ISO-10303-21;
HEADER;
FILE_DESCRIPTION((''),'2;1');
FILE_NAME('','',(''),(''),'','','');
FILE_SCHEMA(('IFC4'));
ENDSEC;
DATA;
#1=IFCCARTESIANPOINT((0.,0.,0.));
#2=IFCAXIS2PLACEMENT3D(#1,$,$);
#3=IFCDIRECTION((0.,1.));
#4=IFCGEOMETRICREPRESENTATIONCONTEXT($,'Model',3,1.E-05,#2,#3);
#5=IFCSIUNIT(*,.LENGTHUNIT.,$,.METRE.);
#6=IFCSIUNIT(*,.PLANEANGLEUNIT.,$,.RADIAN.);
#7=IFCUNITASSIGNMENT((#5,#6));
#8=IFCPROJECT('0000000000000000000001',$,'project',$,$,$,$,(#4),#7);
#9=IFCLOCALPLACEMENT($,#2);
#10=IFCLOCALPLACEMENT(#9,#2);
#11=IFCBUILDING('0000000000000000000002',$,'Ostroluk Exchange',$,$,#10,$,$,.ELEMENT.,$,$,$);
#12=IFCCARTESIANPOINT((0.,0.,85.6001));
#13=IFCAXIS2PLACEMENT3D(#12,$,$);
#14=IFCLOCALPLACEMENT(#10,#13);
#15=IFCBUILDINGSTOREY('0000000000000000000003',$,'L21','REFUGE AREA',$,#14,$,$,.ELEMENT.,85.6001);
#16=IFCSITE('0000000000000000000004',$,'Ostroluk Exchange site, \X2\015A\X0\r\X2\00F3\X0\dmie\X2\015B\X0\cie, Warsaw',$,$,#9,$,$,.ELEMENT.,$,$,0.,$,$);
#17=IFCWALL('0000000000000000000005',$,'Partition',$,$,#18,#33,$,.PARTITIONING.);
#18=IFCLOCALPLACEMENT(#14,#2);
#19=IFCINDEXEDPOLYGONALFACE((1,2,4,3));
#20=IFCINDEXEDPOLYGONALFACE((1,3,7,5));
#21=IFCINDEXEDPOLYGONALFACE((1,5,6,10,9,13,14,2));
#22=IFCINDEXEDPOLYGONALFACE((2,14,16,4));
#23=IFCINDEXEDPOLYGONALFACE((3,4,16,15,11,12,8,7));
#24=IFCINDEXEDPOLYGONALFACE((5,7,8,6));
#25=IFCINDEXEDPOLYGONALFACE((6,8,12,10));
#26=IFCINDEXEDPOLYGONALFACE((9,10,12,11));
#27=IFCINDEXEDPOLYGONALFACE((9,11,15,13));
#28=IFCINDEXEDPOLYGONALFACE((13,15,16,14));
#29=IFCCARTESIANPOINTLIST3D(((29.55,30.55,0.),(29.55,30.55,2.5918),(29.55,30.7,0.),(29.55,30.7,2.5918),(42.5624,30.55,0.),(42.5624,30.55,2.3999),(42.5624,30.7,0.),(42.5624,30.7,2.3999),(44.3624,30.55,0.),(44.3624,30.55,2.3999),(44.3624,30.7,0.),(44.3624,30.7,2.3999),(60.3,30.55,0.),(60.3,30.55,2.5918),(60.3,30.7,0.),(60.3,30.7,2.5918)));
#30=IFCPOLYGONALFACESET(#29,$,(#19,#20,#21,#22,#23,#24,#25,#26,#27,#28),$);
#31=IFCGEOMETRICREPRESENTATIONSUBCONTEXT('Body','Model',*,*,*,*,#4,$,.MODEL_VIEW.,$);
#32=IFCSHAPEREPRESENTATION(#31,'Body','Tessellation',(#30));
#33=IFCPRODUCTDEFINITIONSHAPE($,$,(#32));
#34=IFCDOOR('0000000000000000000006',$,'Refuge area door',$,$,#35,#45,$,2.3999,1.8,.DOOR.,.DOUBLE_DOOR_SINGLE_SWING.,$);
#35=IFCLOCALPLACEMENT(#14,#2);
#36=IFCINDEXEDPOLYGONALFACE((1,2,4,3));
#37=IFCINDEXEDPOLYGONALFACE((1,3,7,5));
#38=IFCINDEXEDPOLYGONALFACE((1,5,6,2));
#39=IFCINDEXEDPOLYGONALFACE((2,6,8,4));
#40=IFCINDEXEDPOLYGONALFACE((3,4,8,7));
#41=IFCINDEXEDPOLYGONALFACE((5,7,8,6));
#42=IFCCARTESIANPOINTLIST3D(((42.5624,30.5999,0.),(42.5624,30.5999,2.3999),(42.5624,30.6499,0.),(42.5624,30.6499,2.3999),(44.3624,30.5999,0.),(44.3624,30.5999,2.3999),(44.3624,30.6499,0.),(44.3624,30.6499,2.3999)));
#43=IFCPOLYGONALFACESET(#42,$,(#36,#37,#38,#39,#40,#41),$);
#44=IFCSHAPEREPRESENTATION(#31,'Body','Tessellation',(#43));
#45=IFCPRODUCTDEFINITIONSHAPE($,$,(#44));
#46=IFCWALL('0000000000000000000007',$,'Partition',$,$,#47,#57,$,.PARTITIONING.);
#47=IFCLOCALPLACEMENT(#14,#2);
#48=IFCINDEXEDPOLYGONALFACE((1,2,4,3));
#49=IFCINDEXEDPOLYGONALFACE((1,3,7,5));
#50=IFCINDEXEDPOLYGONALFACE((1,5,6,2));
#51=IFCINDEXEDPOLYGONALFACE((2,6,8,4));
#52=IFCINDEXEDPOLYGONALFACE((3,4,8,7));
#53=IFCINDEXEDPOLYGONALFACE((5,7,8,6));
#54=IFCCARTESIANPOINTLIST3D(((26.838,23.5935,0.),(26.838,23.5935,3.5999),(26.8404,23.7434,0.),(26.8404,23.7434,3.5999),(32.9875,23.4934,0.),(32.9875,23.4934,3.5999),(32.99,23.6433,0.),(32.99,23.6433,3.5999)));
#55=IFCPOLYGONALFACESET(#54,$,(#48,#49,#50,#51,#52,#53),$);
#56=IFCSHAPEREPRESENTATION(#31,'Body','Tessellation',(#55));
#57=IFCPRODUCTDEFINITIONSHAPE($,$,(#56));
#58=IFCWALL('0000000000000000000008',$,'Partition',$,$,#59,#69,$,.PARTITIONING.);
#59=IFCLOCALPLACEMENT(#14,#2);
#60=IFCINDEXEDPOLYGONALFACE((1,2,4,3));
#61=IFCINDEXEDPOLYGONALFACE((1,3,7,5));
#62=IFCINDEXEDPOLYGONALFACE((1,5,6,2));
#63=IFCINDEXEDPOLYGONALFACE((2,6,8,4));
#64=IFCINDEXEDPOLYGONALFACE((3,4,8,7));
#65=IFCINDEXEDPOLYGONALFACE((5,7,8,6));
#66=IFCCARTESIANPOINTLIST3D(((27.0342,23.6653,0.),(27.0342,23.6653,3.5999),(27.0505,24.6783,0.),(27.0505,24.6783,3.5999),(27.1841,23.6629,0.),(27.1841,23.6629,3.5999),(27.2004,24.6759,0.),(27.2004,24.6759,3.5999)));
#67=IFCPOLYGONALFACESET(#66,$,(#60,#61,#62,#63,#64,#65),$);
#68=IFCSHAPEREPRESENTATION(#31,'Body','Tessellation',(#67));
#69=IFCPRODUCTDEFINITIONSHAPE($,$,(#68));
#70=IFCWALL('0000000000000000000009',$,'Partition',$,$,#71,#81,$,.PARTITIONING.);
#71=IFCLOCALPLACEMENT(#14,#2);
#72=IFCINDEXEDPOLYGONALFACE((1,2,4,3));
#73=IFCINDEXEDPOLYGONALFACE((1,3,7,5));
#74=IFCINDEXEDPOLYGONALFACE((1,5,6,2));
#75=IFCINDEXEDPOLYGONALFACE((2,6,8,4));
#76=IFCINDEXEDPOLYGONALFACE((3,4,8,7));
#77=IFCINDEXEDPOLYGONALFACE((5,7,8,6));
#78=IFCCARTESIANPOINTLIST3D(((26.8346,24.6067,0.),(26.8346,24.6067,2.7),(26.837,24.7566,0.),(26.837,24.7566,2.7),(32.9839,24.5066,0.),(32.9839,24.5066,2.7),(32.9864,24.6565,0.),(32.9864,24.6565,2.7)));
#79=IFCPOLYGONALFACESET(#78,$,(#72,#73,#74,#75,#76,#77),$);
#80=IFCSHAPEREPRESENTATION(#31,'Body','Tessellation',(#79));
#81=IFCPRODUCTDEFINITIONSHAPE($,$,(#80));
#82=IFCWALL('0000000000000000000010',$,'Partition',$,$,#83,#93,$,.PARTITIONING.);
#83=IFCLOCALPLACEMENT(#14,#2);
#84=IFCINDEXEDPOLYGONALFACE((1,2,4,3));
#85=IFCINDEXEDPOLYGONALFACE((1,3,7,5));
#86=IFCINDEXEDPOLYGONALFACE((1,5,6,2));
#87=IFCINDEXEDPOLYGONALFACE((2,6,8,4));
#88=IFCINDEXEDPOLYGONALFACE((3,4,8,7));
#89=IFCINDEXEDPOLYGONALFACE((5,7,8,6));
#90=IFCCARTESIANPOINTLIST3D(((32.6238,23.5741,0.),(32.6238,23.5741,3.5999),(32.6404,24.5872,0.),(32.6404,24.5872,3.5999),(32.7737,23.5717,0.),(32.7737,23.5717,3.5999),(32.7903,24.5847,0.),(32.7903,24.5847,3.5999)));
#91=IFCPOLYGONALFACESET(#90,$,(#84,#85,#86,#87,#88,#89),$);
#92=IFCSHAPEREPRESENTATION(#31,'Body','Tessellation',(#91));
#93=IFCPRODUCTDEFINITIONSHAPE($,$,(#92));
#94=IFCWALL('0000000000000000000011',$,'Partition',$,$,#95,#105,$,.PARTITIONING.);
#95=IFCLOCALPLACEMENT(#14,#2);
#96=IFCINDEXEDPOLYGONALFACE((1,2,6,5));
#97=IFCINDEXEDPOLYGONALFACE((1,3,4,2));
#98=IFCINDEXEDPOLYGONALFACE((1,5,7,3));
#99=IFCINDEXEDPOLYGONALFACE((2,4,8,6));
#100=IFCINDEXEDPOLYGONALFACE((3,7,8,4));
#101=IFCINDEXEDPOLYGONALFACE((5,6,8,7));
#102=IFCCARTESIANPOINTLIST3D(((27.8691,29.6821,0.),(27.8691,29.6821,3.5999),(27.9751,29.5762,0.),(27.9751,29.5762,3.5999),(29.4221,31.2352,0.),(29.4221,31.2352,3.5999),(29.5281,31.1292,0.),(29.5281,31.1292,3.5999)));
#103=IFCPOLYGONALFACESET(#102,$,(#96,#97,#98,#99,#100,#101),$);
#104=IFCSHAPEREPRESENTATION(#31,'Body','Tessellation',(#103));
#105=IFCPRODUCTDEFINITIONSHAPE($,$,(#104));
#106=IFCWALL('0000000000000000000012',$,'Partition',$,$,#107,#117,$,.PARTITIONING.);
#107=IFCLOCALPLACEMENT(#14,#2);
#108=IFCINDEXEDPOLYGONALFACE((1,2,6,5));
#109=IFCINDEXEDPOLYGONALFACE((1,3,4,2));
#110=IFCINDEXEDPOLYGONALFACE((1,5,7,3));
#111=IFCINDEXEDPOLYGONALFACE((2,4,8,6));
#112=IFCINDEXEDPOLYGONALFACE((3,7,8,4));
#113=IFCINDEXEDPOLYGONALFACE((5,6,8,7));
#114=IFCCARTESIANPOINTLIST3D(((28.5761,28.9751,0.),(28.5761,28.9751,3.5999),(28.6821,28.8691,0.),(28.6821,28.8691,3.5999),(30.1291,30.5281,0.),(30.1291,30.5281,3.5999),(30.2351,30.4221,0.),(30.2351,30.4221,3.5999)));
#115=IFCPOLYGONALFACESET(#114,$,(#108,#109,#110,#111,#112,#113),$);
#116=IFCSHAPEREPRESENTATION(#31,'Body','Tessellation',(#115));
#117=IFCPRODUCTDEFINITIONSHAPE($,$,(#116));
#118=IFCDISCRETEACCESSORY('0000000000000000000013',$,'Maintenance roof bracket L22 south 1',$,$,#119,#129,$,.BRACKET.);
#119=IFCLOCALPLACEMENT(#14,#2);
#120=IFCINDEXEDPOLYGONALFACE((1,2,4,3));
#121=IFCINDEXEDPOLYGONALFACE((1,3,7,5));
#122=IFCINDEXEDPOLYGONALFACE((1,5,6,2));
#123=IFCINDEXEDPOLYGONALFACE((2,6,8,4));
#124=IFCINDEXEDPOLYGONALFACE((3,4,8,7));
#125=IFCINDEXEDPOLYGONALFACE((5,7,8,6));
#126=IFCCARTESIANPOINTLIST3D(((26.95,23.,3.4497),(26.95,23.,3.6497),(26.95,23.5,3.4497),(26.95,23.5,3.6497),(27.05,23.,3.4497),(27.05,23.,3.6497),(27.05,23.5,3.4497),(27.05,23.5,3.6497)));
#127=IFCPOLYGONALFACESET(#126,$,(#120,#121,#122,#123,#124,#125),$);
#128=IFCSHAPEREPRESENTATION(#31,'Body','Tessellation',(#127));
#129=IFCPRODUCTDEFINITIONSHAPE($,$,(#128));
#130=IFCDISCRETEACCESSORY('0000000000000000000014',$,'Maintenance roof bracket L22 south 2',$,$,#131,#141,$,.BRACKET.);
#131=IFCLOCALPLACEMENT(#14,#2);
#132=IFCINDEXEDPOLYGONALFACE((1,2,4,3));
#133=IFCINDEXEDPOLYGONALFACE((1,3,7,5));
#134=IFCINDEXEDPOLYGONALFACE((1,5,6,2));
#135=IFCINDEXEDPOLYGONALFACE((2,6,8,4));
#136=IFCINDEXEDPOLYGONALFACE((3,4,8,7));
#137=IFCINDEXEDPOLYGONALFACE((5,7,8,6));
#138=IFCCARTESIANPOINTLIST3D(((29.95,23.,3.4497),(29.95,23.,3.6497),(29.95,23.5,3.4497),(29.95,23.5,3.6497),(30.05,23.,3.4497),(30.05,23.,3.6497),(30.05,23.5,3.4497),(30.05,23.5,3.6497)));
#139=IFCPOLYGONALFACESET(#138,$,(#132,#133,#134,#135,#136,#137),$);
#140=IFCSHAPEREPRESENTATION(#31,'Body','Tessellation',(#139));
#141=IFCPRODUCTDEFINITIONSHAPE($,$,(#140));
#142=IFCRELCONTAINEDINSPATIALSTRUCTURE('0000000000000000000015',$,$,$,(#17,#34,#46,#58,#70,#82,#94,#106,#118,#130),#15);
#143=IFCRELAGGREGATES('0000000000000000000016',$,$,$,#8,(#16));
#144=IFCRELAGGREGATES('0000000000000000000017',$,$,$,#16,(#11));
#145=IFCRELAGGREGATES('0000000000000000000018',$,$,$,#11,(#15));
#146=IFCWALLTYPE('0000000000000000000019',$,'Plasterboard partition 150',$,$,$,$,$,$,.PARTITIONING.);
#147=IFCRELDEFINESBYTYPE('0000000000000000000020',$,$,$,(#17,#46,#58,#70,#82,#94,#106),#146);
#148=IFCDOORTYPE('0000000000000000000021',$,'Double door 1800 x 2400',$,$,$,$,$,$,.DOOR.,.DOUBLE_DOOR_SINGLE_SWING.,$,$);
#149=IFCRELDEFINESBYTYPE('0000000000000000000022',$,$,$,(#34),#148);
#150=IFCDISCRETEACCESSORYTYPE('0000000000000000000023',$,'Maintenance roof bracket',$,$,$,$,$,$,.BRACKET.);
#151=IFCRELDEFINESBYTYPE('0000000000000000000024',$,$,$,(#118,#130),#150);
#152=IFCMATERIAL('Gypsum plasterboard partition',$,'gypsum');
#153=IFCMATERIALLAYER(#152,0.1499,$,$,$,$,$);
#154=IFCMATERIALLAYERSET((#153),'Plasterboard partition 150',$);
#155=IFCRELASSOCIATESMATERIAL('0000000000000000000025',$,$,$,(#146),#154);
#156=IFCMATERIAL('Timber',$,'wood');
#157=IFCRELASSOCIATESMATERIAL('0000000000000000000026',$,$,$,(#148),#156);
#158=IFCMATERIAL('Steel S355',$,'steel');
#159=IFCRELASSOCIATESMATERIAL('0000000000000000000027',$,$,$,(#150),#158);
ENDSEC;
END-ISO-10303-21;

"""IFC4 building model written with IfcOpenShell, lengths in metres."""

from ifc_helpers import new_model, si_unit, direction, frame, frame_2d, origin, origin_2d, place, context, subcontext, project, spatial, rectangle, extrude, material, layer, layer_set, type_object, element, fill, save


model = new_model("IFC4")

# Units and contexts
model_context = context("Model", 3, precision=1e-05, world=origin(), true_north=direction((0.0, 1.0)))
body_context = subcontext(model_context, "Body", "Model", "MODEL_VIEW")
ifc_project = project(units=[si_unit("LENGTHUNIT", "METRE"), si_unit("PLANEANGLEUNIT", "RADIAN")], contexts=[model_context])

# Site, building, storey
site_placement = place(None, origin())
site = spatial("IfcSite", under=ifc_project, at=site_placement, Name="Ostroluk Exchange site, Śródmieście, Warsaw", CompositionType="ELEMENT", RefElevation=0.0)
building_placement = place(site_placement, origin())
building = spatial("IfcBuilding", under=site, at=building_placement, Name="Ostroluk Exchange", CompositionType="ELEMENT")
storey_placement = place(building_placement, frame((0.0, 0.0, 85.6001)))
storey = spatial("IfcBuildingStorey", under=building, at=storey_placement, Name="L21", Description="REFUGE AREA", CompositionType="ELEMENT", Elevation=85.6001)

# Wall, opening, door
ifc_material_1 = material(Name="Gypsum plasterboard partition", Category="gypsum")
ifc_layer_1 = layer(ifc_material_1, 0.1499)
ifc_layer_set_1 = layer_set([ifc_layer_1], Name="Plasterboard partition 150")
wall_type = type_object("IfcWallType", Name="Plasterboard partition 150", PredefinedType="PARTITIONING", material=ifc_layer_set_1)
wall_1_placement = place(storey_placement, frame((29.55, 30.625, 0.0), z_axis=(0.0, 0.0, 1.0), x_axis=(1.0, 0.0, 0.0)))
wall_1 = element("IfcWall", 1, at=wall_1_placement, inside=storey, type_object=wall_type, Name="Partition", PredefinedType="PARTITIONING", context=body_context, shape_type="SweptSolid", body=[
    extrude(rectangle(XDim=30.75, YDim=0.1499, at=frame_2d((15.375, 0.0))), origin(), (0.0, 0.0, 1.0), 2.5918),
])
opening_placement = place(wall_1_placement, frame((13.0125, 0.0, 0.0)))
opening = element("IfcOpeningElement", 2, at=opening_placement, cuts=wall_1, PredefinedType="OPENING", context=body_context, shape_type="SweptSolid", body=[
    extrude(rectangle(XDim=1.8, YDim=2.3999, at=frame_2d((0.8999, 1.2))), frame((0.0, 0.085, 0.0), z_axis=(0.0, -1.0, 0.0), x_axis=(1.0, 0.0, 0.0)), (0.0, 0.0, 1.0), 0.1699),
])
ifc_material_2 = material(Name="Timber", Category="wood")
door_type = type_object("IfcDoorType", Name="Double door 1800 x 2400", OperationType="DOUBLE_DOOR_SINGLE_SWING", PredefinedType="DOOR", material=ifc_material_2)
door_placement = place(opening_placement, origin())
door = element("IfcDoor", 3, at=door_placement, inside=storey, type_object=door_type, Name="Refuge area door", OperationType="DOUBLE_DOOR_SINGLE_SWING", OverallHeight=2.3999, OverallWidth=1.8, PredefinedType="DOOR", context=body_context, shape_type="SweptSolid", body=[
    extrude(rectangle(XDim=1.8, YDim=2.3999, at=frame_2d((0.8999, 1.2))), frame((0.0, 0.0249, 0.0), z_axis=(0.0, -1.0, 0.0), x_axis=(1.0, 0.0, 0.0)), (0.0, 0.0, 1.0), 0.05),
])
fill(opening, door)

# Walls
wall_2_placement = place(storey_placement, frame((32.9888, 23.5684, 0.0), z_axis=(0.0, 0.0, 1.0), x_axis=(-0.999868, 0.016275, 0.0)))
element("IfcWall", 4, at=wall_2_placement, inside=storey, type_object=wall_type, Name="Partition", PredefinedType="PARTITIONING", context=body_context, shape_type="SweptSolid", body=[
    extrude(rectangle(XDim=6.1504, YDim=0.1499, at=frame_2d((3.0752, 0.0))), origin(), (0.0, 0.0, 1.0), 3.5999),
])
wall_3_placement = place(storey_placement, frame((27.1091, 23.6641, 0.0), z_axis=(0.0, 0.0, 1.0), x_axis=(0.016146, 0.99987, 0.0)))
element("IfcWall", 5, at=wall_3_placement, inside=storey, type_object=wall_type, Name="Partition", PredefinedType="PARTITIONING", context=body_context, shape_type="SweptSolid", body=[
    extrude(rectangle(XDim=1.0132, YDim=0.1499, at=frame_2d((0.5066, 0.0))), origin(), (0.0, 0.0, 1.0), 3.5999),
])
wall_4_placement = place(storey_placement, frame((26.8357, 24.6816, 0.0), z_axis=(0.0, 0.0, 1.0), x_axis=(0.999868, -0.016275, 0.0)))
element("IfcWall", 6, at=wall_4_placement, inside=storey, type_object=wall_type, Name="Partition", PredefinedType="PARTITIONING", context=body_context, shape_type="SweptSolid", body=[
    extrude(rectangle(XDim=6.1501, YDim=0.1499, at=frame_2d((3.0752, 0.0))), origin(), (0.0, 0.0, 1.0), 2.7),
])
wall_5_placement = place(storey_placement, frame((32.7153, 24.5859, 0.0), z_axis=(0.0, 0.0, 1.0), x_axis=(-0.016387, -0.999866, 0.0)))
element("IfcWall", 7, at=wall_5_placement, inside=storey, type_object=wall_type, Name="Partition", PredefinedType="PARTITIONING", context=body_context, shape_type="SweptSolid", body=[
    extrude(rectangle(XDim=1.0132, YDim=0.1499, at=frame_2d((0.5066, 0.0))), origin(), (0.0, 0.0, 1.0), 3.5999),
])
for number, where, z_axis, x_axis, name in (
    (8, (27.9221, 29.6292, 0.0), (0.0, 0.0, 1.0), (0.707107, 0.707107, 0.0), "Partition"),
    (9, (30.1821, 30.4751, 0.0), (0.0, 0.0, 1.0), (-0.707107, -0.707107, 0.0), "Partition"),
):
    element("IfcWall", number, at=place(storey_placement, frame(where, z_axis=z_axis, x_axis=x_axis)), inside=storey, type_object=wall_type, Name=name, PredefinedType="PARTITIONING", context=body_context, shape_type="SweptSolid", body=[
        extrude(rectangle(XDim=2.1963, YDim=0.1499, at=frame_2d((1.0981, 0.0))), origin(), (0.0, 0.0, 1.0), 3.5999),
    ])

# Discrete accessories
ifc_material_3 = material(Name="Steel S355", Category="steel")
discrete_accessory_type = type_object("IfcDiscreteAccessoryType", Name="Maintenance roof bracket", PredefinedType="BRACKET", material=ifc_material_3)
for number, where, z_axis, x_axis, name in (
    (10, (27.0, 23.25, 3.4497), (0.0, 0.0, 1.0), (1.0, 0.0, 0.0), "Maintenance roof bracket L22 south 1"),
    (11, (30.0, 23.25, 3.4497), (0.0, 0.0, 1.0), (1.0, 0.0, 0.0), "Maintenance roof bracket L22 south 2"),
):
    element("IfcDiscreteAccessory", number, at=place(storey_placement, frame(where, z_axis=z_axis, x_axis=x_axis)), inside=storey, type_object=discrete_accessory_type, Name=name, PredefinedType="BRACKET", context=body_context, shape_type="SweptSolid", body=[
        extrude(rectangle(XDim=0.1001, YDim=0.5, at=origin_2d()), origin(), (0.0, 0.0, 1.0), 0.2),
    ])

save(model, "model.ifc")
